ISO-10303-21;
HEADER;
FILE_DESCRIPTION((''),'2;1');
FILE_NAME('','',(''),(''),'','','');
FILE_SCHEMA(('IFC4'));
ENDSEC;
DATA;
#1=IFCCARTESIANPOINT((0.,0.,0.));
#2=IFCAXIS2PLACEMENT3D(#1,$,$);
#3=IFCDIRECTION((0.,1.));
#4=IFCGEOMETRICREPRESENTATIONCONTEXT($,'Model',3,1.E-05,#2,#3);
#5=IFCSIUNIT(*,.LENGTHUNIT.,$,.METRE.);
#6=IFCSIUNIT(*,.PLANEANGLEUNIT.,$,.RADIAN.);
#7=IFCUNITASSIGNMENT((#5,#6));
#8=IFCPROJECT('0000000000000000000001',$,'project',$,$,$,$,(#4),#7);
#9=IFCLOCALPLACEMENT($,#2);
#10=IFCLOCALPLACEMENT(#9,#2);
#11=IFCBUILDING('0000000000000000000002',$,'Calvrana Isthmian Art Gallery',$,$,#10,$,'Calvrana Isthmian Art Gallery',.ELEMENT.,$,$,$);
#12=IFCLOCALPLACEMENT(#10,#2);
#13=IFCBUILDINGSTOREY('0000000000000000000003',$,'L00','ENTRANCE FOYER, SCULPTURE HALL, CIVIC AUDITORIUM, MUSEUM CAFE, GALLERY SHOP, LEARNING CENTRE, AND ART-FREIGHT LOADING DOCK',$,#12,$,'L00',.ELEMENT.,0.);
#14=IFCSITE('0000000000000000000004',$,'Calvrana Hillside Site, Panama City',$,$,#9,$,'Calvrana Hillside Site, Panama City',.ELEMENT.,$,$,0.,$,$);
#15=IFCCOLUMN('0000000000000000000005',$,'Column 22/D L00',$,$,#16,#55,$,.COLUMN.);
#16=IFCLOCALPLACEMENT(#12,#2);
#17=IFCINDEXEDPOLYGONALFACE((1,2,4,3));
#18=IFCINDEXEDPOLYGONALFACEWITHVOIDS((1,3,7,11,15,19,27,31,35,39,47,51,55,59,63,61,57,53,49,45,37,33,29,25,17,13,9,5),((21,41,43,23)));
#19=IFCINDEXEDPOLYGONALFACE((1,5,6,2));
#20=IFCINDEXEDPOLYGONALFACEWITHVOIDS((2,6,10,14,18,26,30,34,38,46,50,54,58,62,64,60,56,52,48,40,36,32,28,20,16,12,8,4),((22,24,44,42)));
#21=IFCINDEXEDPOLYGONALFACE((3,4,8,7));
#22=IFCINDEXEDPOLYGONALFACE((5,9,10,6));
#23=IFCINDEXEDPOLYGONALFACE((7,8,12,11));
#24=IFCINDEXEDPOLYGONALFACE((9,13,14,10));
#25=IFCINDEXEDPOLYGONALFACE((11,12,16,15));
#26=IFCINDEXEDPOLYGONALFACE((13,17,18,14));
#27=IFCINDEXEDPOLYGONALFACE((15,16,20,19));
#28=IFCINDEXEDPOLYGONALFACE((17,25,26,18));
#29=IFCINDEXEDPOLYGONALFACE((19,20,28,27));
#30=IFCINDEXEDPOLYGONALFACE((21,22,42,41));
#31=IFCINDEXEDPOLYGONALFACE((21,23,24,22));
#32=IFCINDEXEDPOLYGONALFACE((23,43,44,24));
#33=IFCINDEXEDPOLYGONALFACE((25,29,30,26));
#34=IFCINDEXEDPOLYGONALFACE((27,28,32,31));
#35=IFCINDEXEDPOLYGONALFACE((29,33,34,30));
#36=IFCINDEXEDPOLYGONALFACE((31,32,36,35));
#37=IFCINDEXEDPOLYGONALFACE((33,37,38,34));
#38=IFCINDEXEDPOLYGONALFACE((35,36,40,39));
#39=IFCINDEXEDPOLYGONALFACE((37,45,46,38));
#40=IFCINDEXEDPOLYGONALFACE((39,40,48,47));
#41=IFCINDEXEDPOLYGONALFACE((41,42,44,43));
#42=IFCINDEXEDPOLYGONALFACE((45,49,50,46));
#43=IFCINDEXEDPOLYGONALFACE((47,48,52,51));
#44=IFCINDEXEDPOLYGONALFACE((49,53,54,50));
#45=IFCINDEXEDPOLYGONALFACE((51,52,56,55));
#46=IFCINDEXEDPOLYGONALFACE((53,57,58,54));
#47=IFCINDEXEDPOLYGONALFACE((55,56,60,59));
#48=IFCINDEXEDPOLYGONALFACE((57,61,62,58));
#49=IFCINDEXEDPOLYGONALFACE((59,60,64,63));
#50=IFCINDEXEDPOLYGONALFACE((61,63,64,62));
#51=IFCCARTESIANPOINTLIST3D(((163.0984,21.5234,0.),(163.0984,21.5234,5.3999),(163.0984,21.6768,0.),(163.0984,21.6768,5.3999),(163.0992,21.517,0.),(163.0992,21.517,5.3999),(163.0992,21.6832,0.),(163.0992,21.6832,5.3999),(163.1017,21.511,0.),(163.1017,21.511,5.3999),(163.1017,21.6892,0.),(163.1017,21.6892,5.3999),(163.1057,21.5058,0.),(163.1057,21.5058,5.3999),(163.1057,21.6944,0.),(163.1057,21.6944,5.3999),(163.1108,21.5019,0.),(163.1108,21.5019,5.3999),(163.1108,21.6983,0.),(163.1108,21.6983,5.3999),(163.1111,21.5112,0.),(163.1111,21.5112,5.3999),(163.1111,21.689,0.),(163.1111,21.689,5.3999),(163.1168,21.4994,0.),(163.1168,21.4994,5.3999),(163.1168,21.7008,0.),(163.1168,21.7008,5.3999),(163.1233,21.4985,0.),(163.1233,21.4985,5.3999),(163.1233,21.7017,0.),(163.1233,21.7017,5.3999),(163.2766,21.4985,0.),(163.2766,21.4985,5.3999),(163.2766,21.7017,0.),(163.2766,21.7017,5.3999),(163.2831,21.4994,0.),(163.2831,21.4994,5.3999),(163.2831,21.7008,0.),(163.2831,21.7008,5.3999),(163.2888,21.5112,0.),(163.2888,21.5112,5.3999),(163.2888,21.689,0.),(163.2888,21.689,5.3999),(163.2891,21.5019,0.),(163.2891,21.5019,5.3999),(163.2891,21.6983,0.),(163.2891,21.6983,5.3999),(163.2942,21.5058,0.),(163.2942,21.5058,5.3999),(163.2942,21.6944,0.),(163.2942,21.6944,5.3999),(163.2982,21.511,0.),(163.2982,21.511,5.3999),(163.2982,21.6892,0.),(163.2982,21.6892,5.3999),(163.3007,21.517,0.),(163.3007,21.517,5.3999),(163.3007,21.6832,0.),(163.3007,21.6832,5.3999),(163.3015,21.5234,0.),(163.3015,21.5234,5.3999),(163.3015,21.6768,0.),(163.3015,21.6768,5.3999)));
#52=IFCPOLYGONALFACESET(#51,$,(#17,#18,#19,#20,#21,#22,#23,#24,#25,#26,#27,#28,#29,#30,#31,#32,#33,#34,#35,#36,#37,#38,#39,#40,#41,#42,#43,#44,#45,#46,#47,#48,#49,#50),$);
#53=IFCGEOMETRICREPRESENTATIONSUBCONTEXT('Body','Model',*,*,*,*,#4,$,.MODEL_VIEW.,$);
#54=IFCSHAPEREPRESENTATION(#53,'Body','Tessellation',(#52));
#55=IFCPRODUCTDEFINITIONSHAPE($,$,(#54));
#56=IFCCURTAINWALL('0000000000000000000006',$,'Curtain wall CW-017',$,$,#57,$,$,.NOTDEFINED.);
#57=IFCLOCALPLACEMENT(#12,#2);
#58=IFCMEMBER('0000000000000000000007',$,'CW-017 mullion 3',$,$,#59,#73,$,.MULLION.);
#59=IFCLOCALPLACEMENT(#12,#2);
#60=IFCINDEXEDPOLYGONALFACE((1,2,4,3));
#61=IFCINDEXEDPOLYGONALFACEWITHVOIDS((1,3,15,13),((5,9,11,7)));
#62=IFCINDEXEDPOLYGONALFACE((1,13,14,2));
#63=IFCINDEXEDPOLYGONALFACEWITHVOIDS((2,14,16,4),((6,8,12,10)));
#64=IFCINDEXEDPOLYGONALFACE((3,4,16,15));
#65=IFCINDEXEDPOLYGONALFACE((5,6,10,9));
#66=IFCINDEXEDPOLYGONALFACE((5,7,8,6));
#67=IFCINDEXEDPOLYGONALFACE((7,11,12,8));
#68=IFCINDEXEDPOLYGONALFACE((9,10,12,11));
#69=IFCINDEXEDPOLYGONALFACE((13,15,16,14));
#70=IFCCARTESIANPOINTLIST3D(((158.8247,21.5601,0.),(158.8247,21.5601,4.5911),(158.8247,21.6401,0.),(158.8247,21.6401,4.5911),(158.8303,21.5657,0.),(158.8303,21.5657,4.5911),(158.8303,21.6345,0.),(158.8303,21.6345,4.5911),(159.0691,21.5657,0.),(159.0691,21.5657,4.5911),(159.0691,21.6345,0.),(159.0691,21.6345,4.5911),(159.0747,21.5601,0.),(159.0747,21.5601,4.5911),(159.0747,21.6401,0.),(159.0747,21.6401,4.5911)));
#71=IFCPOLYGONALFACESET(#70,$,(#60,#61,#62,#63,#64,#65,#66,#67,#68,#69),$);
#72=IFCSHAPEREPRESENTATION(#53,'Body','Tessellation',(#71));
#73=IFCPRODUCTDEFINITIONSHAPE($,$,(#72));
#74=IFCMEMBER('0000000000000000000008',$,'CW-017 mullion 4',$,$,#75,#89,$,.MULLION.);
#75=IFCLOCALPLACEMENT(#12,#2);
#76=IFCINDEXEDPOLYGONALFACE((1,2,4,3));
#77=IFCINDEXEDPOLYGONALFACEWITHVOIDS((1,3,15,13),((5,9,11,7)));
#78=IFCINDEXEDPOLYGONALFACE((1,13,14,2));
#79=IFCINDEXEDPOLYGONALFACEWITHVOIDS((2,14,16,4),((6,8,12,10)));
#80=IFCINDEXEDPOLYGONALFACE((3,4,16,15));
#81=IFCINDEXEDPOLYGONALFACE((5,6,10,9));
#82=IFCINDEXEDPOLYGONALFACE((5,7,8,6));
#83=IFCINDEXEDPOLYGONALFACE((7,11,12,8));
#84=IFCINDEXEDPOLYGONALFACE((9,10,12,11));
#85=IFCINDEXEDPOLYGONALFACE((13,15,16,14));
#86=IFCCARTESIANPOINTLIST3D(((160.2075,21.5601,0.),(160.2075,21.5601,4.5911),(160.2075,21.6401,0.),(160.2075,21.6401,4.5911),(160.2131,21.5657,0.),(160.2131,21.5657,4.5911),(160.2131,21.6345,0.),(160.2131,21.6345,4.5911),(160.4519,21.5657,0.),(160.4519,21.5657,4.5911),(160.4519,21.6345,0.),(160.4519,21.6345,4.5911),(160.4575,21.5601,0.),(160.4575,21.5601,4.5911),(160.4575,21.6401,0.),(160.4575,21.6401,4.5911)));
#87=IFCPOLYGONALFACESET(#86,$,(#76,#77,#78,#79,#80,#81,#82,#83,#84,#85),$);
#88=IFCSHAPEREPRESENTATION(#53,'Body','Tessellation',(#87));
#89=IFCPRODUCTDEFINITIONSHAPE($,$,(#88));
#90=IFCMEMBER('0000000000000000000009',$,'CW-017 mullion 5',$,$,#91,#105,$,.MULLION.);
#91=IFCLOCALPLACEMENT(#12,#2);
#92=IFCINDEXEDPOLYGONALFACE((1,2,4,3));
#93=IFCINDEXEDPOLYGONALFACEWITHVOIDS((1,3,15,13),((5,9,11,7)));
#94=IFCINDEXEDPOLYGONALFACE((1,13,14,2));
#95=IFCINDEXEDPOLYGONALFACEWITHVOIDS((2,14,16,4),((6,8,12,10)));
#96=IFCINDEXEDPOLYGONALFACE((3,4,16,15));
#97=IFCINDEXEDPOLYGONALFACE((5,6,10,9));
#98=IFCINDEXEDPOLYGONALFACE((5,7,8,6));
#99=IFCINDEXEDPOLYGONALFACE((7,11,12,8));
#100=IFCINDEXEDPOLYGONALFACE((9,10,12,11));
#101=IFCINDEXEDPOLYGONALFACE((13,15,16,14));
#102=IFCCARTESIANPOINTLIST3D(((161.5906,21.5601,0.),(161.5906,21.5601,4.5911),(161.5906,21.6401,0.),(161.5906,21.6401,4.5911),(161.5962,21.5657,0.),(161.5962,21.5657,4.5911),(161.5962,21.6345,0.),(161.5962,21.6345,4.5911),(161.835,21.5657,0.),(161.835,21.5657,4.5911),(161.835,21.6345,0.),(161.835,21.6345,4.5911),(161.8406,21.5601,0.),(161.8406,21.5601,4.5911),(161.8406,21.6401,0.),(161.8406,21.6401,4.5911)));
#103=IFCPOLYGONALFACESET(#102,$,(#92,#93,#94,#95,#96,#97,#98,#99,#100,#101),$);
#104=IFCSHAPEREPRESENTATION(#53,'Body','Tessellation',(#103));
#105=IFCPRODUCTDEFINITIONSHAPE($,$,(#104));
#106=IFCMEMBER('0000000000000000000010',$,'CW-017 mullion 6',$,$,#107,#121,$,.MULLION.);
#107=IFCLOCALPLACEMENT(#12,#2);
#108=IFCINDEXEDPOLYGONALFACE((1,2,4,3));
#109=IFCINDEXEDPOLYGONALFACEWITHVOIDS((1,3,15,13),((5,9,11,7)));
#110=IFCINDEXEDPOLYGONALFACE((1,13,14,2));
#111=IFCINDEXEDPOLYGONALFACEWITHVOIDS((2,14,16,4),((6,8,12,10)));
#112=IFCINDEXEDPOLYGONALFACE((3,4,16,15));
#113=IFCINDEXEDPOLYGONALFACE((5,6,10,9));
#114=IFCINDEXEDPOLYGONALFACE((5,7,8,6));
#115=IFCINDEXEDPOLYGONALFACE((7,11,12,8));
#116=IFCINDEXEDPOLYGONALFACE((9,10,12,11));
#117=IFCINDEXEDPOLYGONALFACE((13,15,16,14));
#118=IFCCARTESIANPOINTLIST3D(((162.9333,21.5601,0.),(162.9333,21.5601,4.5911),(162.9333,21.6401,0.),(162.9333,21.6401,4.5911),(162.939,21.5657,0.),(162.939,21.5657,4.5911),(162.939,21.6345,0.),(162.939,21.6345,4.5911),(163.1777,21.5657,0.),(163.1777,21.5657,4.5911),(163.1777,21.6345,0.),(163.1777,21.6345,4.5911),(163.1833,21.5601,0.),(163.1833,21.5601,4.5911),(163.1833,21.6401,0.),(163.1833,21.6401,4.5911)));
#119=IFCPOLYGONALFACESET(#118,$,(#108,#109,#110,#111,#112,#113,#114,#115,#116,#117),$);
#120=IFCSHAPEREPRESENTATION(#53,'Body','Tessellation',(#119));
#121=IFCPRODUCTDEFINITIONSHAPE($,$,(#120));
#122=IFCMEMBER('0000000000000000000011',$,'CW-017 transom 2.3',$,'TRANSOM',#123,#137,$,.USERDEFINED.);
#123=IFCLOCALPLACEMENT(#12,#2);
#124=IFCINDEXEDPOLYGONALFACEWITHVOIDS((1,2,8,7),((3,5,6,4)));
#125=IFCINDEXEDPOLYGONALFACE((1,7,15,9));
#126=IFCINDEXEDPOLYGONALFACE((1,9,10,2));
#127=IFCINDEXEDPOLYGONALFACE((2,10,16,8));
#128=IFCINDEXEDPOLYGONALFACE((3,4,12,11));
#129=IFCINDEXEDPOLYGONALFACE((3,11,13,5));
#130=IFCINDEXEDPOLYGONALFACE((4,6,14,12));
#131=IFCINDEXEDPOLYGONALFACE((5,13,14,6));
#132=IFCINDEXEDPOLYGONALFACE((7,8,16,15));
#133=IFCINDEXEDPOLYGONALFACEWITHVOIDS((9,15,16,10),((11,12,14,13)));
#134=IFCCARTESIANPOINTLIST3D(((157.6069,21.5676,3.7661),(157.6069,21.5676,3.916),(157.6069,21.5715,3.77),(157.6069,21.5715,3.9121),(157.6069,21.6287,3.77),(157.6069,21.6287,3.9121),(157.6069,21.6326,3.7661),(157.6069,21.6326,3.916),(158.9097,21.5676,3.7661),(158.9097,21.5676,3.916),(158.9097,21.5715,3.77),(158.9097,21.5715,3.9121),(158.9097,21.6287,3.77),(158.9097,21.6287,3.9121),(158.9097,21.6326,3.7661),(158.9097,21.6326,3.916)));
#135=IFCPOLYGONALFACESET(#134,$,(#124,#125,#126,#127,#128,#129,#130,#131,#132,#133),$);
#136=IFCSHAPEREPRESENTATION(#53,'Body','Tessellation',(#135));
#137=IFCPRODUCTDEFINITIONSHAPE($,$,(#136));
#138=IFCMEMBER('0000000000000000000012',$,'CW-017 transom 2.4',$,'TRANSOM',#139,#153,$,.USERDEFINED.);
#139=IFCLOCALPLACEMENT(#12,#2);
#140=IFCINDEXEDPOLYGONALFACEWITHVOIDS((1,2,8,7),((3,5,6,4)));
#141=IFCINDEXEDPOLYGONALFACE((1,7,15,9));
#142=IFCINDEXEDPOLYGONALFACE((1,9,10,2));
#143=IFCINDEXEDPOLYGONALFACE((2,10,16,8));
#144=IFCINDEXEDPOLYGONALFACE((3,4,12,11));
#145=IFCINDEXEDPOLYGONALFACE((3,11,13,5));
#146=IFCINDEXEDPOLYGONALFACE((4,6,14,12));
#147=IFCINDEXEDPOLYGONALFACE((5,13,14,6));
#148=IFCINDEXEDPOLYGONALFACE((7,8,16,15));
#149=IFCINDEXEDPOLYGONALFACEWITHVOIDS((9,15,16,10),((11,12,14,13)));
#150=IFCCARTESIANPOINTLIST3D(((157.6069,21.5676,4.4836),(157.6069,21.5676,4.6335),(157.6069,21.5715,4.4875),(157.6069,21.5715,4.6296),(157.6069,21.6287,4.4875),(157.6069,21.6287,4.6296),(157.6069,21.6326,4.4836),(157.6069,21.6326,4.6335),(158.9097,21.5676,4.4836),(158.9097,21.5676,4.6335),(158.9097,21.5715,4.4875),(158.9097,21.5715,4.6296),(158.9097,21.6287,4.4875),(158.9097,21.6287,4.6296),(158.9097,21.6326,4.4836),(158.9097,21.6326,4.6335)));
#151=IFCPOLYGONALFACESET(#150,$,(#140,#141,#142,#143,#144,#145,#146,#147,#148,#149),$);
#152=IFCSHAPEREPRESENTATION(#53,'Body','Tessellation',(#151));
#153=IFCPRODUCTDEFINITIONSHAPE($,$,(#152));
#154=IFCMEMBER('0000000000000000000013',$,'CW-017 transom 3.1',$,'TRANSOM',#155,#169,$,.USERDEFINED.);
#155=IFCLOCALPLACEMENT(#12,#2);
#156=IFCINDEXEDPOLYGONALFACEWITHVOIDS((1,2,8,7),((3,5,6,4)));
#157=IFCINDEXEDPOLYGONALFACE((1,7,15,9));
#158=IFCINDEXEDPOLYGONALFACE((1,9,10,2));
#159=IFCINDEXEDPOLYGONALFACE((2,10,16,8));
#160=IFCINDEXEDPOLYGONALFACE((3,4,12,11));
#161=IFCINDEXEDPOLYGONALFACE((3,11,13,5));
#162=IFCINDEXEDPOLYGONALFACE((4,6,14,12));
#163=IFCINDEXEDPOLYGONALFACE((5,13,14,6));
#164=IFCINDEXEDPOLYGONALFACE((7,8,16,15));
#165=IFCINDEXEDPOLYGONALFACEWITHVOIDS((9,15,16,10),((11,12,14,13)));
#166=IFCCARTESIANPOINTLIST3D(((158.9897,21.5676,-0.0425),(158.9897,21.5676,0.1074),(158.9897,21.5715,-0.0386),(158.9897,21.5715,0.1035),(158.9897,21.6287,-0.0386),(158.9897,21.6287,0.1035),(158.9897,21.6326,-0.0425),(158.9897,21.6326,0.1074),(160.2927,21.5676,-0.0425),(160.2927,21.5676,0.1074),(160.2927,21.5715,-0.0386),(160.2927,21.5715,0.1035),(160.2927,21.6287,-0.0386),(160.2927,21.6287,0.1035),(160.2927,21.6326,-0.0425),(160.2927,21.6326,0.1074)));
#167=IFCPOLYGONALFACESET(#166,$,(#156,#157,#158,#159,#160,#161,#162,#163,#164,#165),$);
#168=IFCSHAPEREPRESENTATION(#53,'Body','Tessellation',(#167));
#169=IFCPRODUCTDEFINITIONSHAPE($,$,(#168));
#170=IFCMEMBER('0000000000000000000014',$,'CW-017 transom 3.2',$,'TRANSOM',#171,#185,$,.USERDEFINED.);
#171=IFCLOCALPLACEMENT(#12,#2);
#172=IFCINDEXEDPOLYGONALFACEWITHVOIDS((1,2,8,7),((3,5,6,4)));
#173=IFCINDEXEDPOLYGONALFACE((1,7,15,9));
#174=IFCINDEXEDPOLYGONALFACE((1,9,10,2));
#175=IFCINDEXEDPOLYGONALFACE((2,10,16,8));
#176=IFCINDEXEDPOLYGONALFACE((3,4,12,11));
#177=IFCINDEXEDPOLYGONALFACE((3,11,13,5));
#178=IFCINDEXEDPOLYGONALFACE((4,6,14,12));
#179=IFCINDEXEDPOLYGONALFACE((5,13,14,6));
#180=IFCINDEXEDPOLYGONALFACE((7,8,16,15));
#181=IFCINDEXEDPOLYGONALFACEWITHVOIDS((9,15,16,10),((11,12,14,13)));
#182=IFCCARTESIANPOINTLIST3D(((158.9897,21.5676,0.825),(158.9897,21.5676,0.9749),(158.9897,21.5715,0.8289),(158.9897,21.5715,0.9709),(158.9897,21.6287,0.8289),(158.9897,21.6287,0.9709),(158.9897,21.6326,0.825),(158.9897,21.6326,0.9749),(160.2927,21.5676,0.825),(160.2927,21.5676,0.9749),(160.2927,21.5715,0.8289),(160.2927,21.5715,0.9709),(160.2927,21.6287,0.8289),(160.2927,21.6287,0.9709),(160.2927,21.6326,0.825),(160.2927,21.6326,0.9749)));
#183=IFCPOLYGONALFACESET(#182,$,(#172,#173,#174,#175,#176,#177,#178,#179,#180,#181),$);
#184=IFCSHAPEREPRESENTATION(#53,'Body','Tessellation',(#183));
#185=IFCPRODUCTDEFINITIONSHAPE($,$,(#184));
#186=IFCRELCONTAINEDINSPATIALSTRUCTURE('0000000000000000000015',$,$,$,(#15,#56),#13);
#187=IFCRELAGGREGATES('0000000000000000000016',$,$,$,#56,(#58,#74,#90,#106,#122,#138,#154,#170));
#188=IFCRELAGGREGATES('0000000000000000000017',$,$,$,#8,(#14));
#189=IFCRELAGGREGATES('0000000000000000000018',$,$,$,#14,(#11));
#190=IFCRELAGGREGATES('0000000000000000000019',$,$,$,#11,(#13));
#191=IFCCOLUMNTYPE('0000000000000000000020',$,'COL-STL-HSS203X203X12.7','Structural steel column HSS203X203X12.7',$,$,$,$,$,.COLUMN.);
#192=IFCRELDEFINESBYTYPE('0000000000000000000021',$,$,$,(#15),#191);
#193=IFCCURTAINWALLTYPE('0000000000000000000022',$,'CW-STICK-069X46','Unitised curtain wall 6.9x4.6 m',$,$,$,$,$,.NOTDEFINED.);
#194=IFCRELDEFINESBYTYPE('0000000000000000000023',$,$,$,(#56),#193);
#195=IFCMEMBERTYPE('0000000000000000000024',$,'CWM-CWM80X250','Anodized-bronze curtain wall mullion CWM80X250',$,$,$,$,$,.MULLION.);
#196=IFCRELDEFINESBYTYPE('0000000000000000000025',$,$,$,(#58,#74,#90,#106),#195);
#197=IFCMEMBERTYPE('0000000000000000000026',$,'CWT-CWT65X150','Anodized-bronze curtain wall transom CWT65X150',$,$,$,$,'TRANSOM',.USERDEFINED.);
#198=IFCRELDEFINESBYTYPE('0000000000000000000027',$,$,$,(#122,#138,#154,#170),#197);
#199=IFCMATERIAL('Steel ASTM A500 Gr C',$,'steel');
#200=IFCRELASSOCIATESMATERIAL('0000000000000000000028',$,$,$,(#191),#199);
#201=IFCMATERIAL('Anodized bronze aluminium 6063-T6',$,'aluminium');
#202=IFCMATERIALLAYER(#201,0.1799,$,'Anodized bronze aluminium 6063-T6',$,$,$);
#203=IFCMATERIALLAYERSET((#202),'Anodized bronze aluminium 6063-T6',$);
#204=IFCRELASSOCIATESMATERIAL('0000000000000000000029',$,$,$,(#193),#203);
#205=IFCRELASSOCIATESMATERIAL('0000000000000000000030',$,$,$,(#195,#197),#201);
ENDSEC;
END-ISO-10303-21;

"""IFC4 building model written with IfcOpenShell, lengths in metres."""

from ifc_helpers import new_model, si_unit, direction, frame, origin, origin_2d, place, context, subcontext, project, spatial, hollow_rectangle, extrude, material, layer, layer_set, material_profile, profile_set, type_object, element, aggregate, save


model = new_model("IFC4")

# Units and contexts
model_context = context("Model", 3, precision=1e-05, world=origin(), true_north=direction((0.0, 1.0)))
body_context = subcontext(model_context, "Body", "Model", "MODEL_VIEW")
ifc_project = project(units=[si_unit("LENGTHUNIT", "METRE"), si_unit("PLANEANGLEUNIT", "RADIAN")], contexts=[model_context])

# Site, building, storey
site_placement = place(None, origin())
site = spatial("IfcSite", under=ifc_project, at=site_placement, Name="Calvrana Hillside Site, Panama City", LongName="Calvrana Hillside Site, Panama City", CompositionType="ELEMENT", RefElevation=0.0)
building_placement = place(site_placement, origin())
building = spatial("IfcBuilding", under=site, at=building_placement, Name="Calvrana Isthmian Art Gallery", LongName="Calvrana Isthmian Art Gallery", CompositionType="ELEMENT")
storey_placement = place(building_placement, origin())
storey = spatial("IfcBuildingStorey", under=building, at=storey_placement, Name="L00", Description="ENTRANCE FOYER, SCULPTURE HALL, CIVIC AUDITORIUM, MUSEUM CAFE, GALLERY SHOP, LEARNING CENTRE, AND ART-FREIGHT LOADING DOCK", LongName="L00", CompositionType="ELEMENT", Elevation=0.0)

# Column
ifc_material_1 = material(Name="Steel ASTM A500 Gr C", Category="steel")
ifc_material_profile_1 = material_profile(ifc_material_1, hollow_rectangle(XDim=0.2031, YDim=0.2031, WallThickness=0.0127, OuterFilletRadius=0.0249, at=origin_2d()), Name="HSS203X203X12.7")
ifc_profile_set_1 = profile_set([ifc_material_profile_1], Name="Steel ASTM A500 Gr C")
column_type = type_object("IfcColumnType", Name="COL-STL-HSS203X203X12.7", Description="Structural steel column HSS203X203X12.7", PredefinedType="COLUMN", material=ifc_profile_set_1)
column_placement = place(storey_placement, frame((163.2, 21.6001, 0.0), z_axis=(0.0, 0.0, 1.0), x_axis=(1.0, 0.0, 0.0)))
element("IfcColumn", 1, at=column_placement, inside=storey, type_object=column_type, Name="Column 22/D L00", PredefinedType="COLUMN", context=body_context, shape_type="SweptSolid", body=[
    extrude(hollow_rectangle(XDim=0.2031, YDim=0.2031, WallThickness=0.0127, OuterFilletRadius=0.0249, at=origin_2d()), origin(), (0.0, 0.0, 1.0), 5.3999),
])

# Curtain wall, members
ifc_material_2 = material(Name="Anodized bronze aluminium 6063-T6", Category="aluminium")
ifc_layer_1 = layer(ifc_material_2, 0.1799, Name="Anodized bronze aluminium 6063-T6")
ifc_layer_set_1 = layer_set([ifc_layer_1], Name="Anodized bronze aluminium 6063-T6")
curtain_wall_type_1 = type_object("IfcCurtainWallType", Name="CW-STICK-069X46", Description="Unitised curtain wall 6.9x4.6 m", PredefinedType="NOTDEFINED", material=ifc_layer_set_1)
curtain_wall_1_placement = place(storey_placement, origin())
curtain_wall_1 = element("IfcCurtainWall", 2, at=curtain_wall_1_placement, inside=storey, type_object=curtain_wall_type_1, Name="Curtain wall CW-017", PredefinedType="NOTDEFINED")
ifc_material_profile_2 = material_profile(ifc_material_2, hollow_rectangle(XDim=0.0801, YDim=0.25, WallThickness=0.0056, at=origin_2d()), Name="CWM80X250")
ifc_profile_set_2 = profile_set([ifc_material_profile_2], Name="Anodized bronze aluminium 6063-T6")
member_type_1 = type_object("IfcMemberType", Name="CWM-CWM80X250", Description="Anodized-bronze curtain wall mullion CWM80X250", PredefinedType="MULLION", material=ifc_profile_set_2)
member_1_placement = place(storey_placement, frame((158.9497, 21.6001, 0.0), z_axis=(0.0, 0.0, 1.0), x_axis=(0.0, 1.0, 0.0)))
member_1 = element("IfcMember", 3, at=member_1_placement, type_object=member_type_1, Name="CW-017 mullion 3", PredefinedType="MULLION", context=body_context, shape_type="SweptSolid", body=[
    extrude(hollow_rectangle(XDim=0.0801, YDim=0.25, WallThickness=0.0056, at=origin_2d()), origin(), (0.0, 0.0, 1.0), 4.5911),
])
member_2_placement = place(storey_placement, frame((160.3325, 21.6001, 0.0), z_axis=(0.0, 0.0, 1.0), x_axis=(0.0, 1.0, 0.0)))
member_2 = element("IfcMember", 4, at=member_2_placement, type_object=member_type_1, Name="CW-017 mullion 4", PredefinedType="MULLION", context=body_context, shape_type="SweptSolid", body=[
    extrude(hollow_rectangle(XDim=0.0801, YDim=0.25, WallThickness=0.0056, at=origin_2d()), origin(), (0.0, 0.0, 1.0), 4.5911),
])
member_3_placement = place(storey_placement, frame((161.7156, 21.6001, 0.0), z_axis=(0.0, 0.0, 1.0), x_axis=(0.0, 1.0, 0.0)))
member_3 = element("IfcMember", 5, at=member_3_placement, type_object=member_type_1, Name="CW-017 mullion 5", PredefinedType="MULLION", context=body_context, shape_type="SweptSolid", body=[
    extrude(hollow_rectangle(XDim=0.0801, YDim=0.25, WallThickness=0.0056, at=origin_2d()), origin(), (0.0, 0.0, 1.0), 4.5911),
])
member_4_placement = place(storey_placement, frame((163.0583, 21.6001, 0.0), z_axis=(0.0, 0.0, 1.0), x_axis=(0.0, 1.0, 0.0)))
member_4 = element("IfcMember", 6, at=member_4_placement, type_object=member_type_1, Name="CW-017 mullion 6", PredefinedType="MULLION", context=body_context, shape_type="SweptSolid", body=[
    extrude(hollow_rectangle(XDim=0.0801, YDim=0.25, WallThickness=0.0056, at=origin_2d()), origin(), (0.0, 0.0, 1.0), 4.5911),
])
ifc_material_profile_3 = material_profile(ifc_material_2, hollow_rectangle(XDim=0.0649, YDim=0.1499, WallThickness=0.0039, at=origin_2d()), Name="CWT65X150")
ifc_profile_set_3 = profile_set([ifc_material_profile_3], Name="Anodized bronze aluminium 6063-T6")
member_type_2 = type_object("IfcMemberType", Name="CWT-CWT65X150", Description="Anodized-bronze curtain wall transom CWT65X150", ElementType="TRANSOM", PredefinedType="USERDEFINED", material=ifc_profile_set_3)
member_5_placement = place(storey_placement, frame((157.6069, 21.6001, 3.8411), z_axis=(1.0, 0.0, 0.0), x_axis=(0.0, 1.0, 0.0)))
member_5 = element("IfcMember", 7, at=member_5_placement, type_object=member_type_2, Name="CW-017 transom 2.3", ObjectType="TRANSOM", PredefinedType="USERDEFINED", context=body_context, shape_type="SweptSolid", body=[
    extrude(hollow_rectangle(XDim=0.0649, YDim=0.1499, WallThickness=0.0039, at=origin_2d()), origin(), (0.0, 0.0, 1.0), 1.3027),
])
member_6_placement = place(storey_placement, frame((157.6069, 21.6001, 4.5586), z_axis=(1.0, 0.0, 0.0), x_axis=(0.0, 1.0, 0.0)))
member_6 = element("IfcMember", 8, at=member_6_placement, type_object=member_type_2, Name="CW-017 transom 2.4", ObjectType="TRANSOM", PredefinedType="USERDEFINED", context=body_context, shape_type="SweptSolid", body=[
    extrude(hollow_rectangle(XDim=0.0649, YDim=0.1499, WallThickness=0.0039, at=origin_2d()), origin(), (0.0, 0.0, 1.0), 1.3027),
])
member_7_placement = place(storey_placement, frame((158.9897, 21.6001, 0.0325), z_axis=(1.0, 0.0, 0.0), x_axis=(0.0, 1.0, 0.0)))
member_7 = element("IfcMember", 9, at=member_7_placement, type_object=member_type_2, Name="CW-017 transom 3.1", ObjectType="TRANSOM", PredefinedType="USERDEFINED", context=body_context, shape_type="SweptSolid", body=[
    extrude(hollow_rectangle(XDim=0.0649, YDim=0.1499, WallThickness=0.0039, at=origin_2d()), origin(), (0.0, 0.0, 1.0), 1.303),
])
member_8_placement = place(storey_placement, frame((158.9897, 21.6001, 0.8999), z_axis=(1.0, 0.0, 0.0), x_axis=(0.0, 1.0, 0.0)))
member_8 = element("IfcMember", 10, at=member_8_placement, type_object=member_type_2, Name="CW-017 transom 3.2", ObjectType="TRANSOM", PredefinedType="USERDEFINED", context=body_context, shape_type="SweptSolid", body=[
    extrude(hollow_rectangle(XDim=0.0649, YDim=0.1499, WallThickness=0.0039, at=origin_2d()), origin(), (0.0, 0.0, 1.0), 1.303),
])

aggregate(curtain_wall_1, [member_1, member_2, member_3, member_4, member_5, member_6, member_7, member_8])

save(model, "model.ifc")
